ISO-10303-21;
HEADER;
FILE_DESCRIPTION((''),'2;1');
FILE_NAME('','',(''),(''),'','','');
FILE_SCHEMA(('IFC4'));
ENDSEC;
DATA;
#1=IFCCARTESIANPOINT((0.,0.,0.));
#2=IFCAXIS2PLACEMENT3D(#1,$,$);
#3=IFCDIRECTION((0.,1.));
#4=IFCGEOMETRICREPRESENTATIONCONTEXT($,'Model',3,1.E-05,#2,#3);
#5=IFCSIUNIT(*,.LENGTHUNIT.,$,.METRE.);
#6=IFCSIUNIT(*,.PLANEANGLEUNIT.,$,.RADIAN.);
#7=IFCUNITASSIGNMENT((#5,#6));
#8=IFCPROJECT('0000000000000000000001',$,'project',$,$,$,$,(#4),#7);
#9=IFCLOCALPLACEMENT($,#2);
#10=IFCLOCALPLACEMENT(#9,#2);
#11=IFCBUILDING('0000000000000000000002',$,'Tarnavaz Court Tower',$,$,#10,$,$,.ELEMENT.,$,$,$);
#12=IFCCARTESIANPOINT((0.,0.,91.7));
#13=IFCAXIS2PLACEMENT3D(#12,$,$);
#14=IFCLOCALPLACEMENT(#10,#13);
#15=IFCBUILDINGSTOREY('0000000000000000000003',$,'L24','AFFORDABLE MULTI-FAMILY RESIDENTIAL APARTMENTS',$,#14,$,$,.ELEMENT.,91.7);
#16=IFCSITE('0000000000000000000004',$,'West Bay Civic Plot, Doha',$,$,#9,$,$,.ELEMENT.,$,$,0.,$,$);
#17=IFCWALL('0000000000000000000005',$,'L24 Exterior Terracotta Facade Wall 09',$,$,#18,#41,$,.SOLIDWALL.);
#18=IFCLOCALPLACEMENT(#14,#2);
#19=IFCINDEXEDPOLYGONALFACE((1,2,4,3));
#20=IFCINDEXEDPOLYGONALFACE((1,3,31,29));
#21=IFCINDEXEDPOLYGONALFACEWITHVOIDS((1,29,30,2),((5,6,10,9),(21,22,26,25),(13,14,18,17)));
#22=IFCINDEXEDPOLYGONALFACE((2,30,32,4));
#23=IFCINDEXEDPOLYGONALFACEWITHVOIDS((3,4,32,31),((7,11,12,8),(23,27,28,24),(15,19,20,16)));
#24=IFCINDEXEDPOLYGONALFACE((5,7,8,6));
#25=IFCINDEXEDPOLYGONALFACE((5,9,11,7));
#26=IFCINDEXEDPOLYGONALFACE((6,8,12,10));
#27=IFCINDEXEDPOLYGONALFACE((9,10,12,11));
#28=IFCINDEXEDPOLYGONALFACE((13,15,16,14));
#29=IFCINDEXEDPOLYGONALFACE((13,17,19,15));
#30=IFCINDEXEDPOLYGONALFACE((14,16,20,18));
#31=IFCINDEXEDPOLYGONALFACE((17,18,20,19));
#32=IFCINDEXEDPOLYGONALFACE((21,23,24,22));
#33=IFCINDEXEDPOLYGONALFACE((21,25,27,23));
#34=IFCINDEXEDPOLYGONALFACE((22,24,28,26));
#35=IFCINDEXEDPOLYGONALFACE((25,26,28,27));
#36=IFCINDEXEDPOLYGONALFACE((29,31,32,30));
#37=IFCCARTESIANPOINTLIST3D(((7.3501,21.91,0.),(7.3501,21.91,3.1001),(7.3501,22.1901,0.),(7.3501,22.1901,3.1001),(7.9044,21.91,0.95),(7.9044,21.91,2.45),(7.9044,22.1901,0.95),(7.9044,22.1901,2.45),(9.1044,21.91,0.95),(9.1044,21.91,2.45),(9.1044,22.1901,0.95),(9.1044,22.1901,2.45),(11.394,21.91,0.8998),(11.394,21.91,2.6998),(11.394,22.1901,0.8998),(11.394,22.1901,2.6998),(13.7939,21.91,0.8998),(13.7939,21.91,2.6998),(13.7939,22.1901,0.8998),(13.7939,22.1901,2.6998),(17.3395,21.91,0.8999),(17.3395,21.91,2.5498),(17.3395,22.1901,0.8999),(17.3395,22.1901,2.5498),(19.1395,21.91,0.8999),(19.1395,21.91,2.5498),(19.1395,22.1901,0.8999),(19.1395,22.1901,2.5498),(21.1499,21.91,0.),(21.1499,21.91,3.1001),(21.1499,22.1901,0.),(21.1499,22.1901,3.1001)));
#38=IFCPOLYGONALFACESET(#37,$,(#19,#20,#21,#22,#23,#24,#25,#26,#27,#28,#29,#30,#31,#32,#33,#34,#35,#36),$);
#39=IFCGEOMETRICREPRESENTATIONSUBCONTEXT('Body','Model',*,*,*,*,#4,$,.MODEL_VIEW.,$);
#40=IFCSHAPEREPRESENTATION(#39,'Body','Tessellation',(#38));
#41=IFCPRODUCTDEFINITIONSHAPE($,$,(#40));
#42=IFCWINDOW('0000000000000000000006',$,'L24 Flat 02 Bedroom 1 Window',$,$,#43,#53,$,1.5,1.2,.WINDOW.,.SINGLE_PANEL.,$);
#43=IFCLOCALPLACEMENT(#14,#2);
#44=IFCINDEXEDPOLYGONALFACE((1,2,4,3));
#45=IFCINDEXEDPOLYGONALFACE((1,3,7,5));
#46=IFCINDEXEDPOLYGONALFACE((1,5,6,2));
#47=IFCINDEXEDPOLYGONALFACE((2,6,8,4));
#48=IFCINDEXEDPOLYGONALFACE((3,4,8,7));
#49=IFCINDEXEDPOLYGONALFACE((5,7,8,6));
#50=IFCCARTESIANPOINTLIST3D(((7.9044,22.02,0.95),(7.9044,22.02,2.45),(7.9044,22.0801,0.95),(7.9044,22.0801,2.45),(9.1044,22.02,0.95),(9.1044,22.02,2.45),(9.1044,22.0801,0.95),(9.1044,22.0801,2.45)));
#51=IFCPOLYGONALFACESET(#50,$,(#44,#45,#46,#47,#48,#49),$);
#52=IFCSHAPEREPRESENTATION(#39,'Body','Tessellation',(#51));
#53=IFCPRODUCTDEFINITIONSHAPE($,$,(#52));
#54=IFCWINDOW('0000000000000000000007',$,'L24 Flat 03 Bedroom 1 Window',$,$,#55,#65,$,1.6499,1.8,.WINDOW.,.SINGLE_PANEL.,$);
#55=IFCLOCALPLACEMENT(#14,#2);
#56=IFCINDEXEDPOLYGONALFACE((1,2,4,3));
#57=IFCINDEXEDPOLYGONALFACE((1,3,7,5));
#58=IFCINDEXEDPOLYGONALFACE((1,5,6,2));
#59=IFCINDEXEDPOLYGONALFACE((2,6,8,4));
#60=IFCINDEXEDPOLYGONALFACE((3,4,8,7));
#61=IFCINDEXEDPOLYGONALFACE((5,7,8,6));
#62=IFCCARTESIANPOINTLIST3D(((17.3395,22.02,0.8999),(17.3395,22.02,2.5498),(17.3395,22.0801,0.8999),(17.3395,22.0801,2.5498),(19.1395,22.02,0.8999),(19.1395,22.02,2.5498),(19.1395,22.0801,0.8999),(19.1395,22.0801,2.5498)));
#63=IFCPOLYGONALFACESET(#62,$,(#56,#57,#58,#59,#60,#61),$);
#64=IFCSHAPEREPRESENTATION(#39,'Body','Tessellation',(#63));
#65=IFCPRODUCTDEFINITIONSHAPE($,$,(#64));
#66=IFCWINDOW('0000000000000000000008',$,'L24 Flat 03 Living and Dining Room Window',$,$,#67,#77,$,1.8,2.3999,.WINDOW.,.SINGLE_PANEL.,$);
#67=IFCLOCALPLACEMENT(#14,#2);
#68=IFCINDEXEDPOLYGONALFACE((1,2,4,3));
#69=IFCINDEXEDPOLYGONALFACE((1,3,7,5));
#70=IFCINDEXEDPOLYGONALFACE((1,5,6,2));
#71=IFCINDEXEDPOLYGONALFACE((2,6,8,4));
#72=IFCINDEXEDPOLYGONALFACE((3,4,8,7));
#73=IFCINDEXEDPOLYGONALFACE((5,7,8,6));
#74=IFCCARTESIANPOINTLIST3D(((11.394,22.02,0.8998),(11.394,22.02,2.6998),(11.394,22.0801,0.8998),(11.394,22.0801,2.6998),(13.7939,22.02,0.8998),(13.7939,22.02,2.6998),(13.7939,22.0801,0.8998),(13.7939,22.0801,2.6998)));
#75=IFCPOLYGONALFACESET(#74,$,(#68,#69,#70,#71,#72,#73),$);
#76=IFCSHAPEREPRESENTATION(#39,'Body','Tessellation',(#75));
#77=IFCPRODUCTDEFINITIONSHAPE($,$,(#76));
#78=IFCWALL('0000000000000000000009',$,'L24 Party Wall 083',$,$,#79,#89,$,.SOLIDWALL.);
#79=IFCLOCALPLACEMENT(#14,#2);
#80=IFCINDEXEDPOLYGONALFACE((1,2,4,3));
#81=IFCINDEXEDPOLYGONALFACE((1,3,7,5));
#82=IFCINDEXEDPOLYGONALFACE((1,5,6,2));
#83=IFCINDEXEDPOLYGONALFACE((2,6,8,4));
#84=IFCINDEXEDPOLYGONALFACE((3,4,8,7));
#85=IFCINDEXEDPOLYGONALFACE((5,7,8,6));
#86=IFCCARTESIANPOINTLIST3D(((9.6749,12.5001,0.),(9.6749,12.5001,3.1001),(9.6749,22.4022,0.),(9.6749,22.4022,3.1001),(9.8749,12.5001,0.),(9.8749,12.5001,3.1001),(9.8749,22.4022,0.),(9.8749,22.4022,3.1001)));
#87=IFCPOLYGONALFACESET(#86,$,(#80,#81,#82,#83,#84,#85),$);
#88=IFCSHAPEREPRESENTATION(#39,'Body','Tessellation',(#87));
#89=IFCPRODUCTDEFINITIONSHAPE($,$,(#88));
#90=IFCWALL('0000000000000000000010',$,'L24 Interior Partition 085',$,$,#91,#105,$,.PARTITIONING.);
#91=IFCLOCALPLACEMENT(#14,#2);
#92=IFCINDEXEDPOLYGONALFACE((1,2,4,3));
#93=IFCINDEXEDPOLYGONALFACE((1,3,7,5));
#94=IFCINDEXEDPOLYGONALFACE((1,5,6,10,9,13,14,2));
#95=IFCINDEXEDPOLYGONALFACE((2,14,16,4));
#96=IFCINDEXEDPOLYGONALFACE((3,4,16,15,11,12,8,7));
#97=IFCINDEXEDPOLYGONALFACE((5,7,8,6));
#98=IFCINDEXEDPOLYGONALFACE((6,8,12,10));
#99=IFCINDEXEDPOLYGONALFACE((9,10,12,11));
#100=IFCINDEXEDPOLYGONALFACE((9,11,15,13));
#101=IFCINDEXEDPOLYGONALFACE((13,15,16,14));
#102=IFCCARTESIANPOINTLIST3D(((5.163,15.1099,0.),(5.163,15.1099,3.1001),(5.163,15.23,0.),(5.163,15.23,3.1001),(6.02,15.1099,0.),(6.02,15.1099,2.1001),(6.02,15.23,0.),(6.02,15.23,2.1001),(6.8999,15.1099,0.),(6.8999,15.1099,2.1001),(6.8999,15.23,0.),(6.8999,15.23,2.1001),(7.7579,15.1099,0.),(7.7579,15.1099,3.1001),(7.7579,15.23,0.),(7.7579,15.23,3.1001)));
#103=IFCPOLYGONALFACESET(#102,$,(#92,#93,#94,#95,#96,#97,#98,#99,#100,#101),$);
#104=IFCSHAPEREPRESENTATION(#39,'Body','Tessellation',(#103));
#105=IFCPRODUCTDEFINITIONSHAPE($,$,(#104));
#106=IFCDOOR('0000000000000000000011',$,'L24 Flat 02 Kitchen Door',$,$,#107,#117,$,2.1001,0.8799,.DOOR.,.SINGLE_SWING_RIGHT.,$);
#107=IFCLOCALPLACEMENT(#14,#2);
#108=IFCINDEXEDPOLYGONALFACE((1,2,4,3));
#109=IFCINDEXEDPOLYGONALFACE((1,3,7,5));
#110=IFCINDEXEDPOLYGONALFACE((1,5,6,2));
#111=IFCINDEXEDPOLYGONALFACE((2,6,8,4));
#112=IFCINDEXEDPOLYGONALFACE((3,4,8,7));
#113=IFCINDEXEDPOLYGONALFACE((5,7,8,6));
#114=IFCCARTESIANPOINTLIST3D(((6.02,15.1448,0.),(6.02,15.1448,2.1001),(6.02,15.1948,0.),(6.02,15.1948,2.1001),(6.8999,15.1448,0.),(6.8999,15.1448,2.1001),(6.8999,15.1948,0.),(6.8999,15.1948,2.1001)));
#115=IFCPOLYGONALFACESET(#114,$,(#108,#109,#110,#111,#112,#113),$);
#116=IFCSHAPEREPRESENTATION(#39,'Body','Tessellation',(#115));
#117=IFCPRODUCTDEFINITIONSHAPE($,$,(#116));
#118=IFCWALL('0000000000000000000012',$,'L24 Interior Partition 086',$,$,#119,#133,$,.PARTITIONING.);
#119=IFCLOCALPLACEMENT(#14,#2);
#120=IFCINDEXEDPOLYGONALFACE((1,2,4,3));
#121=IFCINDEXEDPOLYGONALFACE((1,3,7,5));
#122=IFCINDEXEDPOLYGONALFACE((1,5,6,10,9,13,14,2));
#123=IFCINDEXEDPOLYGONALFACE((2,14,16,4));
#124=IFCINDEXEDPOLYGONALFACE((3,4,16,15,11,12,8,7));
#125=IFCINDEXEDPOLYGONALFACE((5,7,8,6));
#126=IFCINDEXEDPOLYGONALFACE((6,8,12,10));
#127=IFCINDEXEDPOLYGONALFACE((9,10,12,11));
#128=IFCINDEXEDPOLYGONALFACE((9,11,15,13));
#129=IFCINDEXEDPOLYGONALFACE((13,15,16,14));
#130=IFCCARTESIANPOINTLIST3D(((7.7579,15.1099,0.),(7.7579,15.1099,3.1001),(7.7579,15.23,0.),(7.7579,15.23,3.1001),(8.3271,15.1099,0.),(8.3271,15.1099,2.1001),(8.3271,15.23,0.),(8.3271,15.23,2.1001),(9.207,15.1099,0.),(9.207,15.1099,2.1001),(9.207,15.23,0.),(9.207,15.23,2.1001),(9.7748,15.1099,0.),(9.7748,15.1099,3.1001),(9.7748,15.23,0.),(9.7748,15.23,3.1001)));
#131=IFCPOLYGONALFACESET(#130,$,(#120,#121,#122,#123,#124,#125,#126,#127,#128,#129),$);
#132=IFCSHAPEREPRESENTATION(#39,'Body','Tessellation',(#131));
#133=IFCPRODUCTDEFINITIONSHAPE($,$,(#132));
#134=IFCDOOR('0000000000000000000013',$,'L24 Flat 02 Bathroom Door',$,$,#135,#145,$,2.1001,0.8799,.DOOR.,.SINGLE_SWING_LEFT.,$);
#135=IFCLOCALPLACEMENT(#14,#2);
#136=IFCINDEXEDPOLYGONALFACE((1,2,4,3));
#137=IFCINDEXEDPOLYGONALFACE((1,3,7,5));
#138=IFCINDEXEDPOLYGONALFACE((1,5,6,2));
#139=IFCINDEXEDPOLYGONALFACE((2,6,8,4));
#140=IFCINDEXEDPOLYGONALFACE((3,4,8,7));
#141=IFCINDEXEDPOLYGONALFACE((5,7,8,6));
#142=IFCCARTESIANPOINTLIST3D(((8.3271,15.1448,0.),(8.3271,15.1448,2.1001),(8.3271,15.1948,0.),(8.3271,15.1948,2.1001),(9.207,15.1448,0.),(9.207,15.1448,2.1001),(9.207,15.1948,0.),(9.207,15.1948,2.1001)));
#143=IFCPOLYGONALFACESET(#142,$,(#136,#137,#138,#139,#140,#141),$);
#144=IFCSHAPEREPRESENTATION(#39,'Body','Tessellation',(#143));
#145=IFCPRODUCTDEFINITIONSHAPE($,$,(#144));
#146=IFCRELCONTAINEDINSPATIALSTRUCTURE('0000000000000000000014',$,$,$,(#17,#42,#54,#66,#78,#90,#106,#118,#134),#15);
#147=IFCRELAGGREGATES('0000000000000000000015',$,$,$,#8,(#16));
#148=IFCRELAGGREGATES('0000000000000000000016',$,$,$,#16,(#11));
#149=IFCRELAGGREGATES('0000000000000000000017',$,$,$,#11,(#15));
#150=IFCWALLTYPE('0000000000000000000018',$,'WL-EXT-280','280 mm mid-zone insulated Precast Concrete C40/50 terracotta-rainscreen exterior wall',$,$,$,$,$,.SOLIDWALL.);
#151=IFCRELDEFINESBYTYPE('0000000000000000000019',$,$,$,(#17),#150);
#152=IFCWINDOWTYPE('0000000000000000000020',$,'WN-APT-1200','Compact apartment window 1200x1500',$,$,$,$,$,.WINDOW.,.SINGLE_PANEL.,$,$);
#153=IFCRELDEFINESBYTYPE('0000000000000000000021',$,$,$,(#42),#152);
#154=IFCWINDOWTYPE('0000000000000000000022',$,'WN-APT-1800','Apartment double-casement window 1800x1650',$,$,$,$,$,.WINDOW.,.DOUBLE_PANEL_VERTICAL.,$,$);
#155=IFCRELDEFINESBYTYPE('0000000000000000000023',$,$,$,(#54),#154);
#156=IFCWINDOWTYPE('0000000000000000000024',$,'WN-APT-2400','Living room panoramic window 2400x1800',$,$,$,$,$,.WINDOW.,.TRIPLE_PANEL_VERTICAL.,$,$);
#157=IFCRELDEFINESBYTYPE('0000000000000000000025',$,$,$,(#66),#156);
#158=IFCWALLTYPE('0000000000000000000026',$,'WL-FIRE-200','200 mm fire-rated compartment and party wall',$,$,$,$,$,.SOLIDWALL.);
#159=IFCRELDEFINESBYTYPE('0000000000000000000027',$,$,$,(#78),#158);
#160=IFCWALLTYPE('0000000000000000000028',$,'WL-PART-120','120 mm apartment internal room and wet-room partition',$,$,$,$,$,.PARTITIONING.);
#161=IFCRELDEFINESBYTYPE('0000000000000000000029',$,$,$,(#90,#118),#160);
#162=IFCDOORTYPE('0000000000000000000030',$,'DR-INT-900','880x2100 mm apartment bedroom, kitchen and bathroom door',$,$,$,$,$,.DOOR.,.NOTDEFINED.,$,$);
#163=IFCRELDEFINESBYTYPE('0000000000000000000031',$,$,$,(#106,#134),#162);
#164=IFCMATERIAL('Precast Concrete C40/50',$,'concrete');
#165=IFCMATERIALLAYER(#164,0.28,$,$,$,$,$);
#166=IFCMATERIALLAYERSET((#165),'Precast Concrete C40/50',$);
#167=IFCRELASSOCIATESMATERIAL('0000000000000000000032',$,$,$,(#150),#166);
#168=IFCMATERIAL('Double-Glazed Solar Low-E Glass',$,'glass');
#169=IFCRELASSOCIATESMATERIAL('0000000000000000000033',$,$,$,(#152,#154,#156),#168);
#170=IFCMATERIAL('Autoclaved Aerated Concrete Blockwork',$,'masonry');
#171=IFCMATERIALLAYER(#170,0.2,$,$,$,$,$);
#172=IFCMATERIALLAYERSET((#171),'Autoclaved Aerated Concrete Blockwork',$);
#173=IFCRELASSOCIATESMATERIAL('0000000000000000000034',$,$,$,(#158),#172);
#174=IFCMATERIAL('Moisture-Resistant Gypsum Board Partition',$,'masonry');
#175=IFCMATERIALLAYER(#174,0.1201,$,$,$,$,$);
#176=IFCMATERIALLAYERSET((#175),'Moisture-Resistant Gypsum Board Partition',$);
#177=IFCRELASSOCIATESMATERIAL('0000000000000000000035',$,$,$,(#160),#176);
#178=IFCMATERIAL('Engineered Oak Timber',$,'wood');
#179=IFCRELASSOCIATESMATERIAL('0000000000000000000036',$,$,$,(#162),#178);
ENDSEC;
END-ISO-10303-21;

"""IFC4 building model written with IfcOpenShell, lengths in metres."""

from ifc_helpers import new_model, si_unit, direction, frame, frame_2d, origin, place, context, subcontext, project, spatial, rectangle, extrude, material, layer, layer_set, type_object, element, fill, save


model = new_model("IFC4")

# Units and contexts
model_context = context("Model", 3, precision=1e-05, world=origin(), true_north=direction((0.0, 1.0)))
body_context = subcontext(model_context, "Body", "Model", "MODEL_VIEW")
ifc_project = project(units=[si_unit("LENGTHUNIT", "METRE"), si_unit("PLANEANGLEUNIT", "RADIAN")], contexts=[model_context])

# Site, building, storey
site_placement = place(None, origin())
site = spatial("IfcSite", under=ifc_project, at=site_placement, Name="West Bay Civic Plot, Doha", CompositionType="ELEMENT", RefElevation=0.0)
building_placement = place(site_placement, origin())
building = spatial("IfcBuilding", under=site, at=building_placement, Name="Tarnavaz Court Tower", CompositionType="ELEMENT")
storey_placement = place(building_placement, frame((0.0, 0.0, 91.7)))
storey = spatial("IfcBuildingStorey", under=building, at=storey_placement, Name="L24", Description="AFFORDABLE MULTI-FAMILY RESIDENTIAL APARTMENTS", CompositionType="ELEMENT", Elevation=91.7)

# Shared definitions
ifc_material_1 = material(Name="Double-Glazed Solar Low-E Glass", Category="glass")

# Shared definitions
ifc_material_2 = material(Name="Precast Concrete C40/50", Category="concrete")
ifc_layer_1 = layer(ifc_material_2, 0.28)
ifc_layer_set_1 = layer_set([ifc_layer_1], Name="Precast Concrete C40/50")
wall_type_1 = type_object("IfcWallType", Name="WL-EXT-280", Description="280 mm mid-zone insulated Precast Concrete C40/50 terracotta-rainscreen exterior wall", PredefinedType="SOLIDWALL", material=ifc_layer_set_1)
window_type_1 = type_object("IfcWindowType", Name="WN-APT-1200", Description="Compact apartment window 1200x1500", PartitioningType="SINGLE_PANEL", PredefinedType="WINDOW", material=ifc_material_1)

# Wall, openings, windows
wall_1_placement = place(storey_placement, frame((7.3501, 22.05, 0.0), z_axis=(0.0, 0.0, 1.0), x_axis=(1.0, 0.0, 0.0)))
wall_1 = element("IfcWall", 1, at=wall_1_placement, inside=storey, type_object=wall_type_1, Name="L24 Exterior Terracotta Facade Wall 09", PredefinedType="SOLIDWALL", context=body_context, shape_type="SweptSolid", body=[
    extrude(rectangle(XDim=13.7998, YDim=0.28, at=frame_2d((6.8999, 0.0))), origin(), (0.0, 0.0, 1.0), 3.1001),
])
opening_1_placement = place(wall_1_placement, frame((0.5542, 0.0, 0.95)))
opening_1 = element("IfcOpeningElement", 2, at=opening_1_placement, cuts=wall_1, PredefinedType="OPENING", context=body_context, shape_type="SweptSolid", body=[
    extrude(rectangle(XDim=1.2, YDim=1.5, at=frame_2d((0.6001, 0.75))), frame((0.0, 0.1499, 0.0), z_axis=(0.0, -1.0, 0.0), x_axis=(1.0, 0.0, 0.0)), (0.0, 0.0, 1.0), 0.3),
])
opening_2_placement = place(wall_1_placement, frame((4.0439, 0.0, 0.8999)))
opening_2 = element("IfcOpeningElement", 3, at=opening_2_placement, cuts=wall_1, PredefinedType="OPENING", context=body_context, shape_type="SweptSolid", body=[
    extrude(rectangle(XDim=2.3999, YDim=1.8, at=frame_2d((1.2, 0.8999))), frame((0.0, 0.1499, 0.0), z_axis=(0.0, -1.0, 0.0), x_axis=(1.0, 0.0, 0.0)), (0.0, 0.0, 1.0), 0.3),
])
opening_3_placement = place(wall_1_placement, frame((9.9895, 0.0, 0.8999)))
opening_3 = element("IfcOpeningElement", 4, at=opening_3_placement, cuts=wall_1, PredefinedType="OPENING", context=body_context, shape_type="SweptSolid", body=[
    extrude(rectangle(XDim=1.8, YDim=1.6499, at=frame_2d((0.8999, 0.825))), frame((0.0, 0.1499, 0.0), z_axis=(0.0, -1.0, 0.0), x_axis=(1.0, 0.0, 0.0)), (0.0, 0.0, 1.0), 0.3),
])
window_1_placement = place(opening_1_placement, origin())
window_1 = element("IfcWindow", 5, at=window_1_placement, inside=storey, type_object=window_type_1, Name="L24 Flat 02 Bedroom 1 Window", OverallHeight=1.5, OverallWidth=1.2, PartitioningType="SINGLE_PANEL", PredefinedType="WINDOW", context=body_context, shape_type="SweptSolid", body=[
    extrude(rectangle(XDim=1.2, YDim=1.5, at=frame_2d((0.6001, 0.75))), frame((0.0, 0.03, 0.0), z_axis=(0.0, -1.0, 0.0), x_axis=(1.0, 0.0, 0.0)), (0.0, 0.0, 1.0), 0.0601),
])
fill(opening_1, window_1)
window_type_2 = type_object("IfcWindowType", Name="WN-APT-1800", Description="Apartment double-casement window 1800x1650", PartitioningType="DOUBLE_PANEL_VERTICAL", PredefinedType="WINDOW", material=ifc_material_1)
window_2_placement = place(opening_3_placement, origin())
window_2 = element("IfcWindow", 6, at=window_2_placement, inside=storey, type_object=window_type_2, Name="L24 Flat 03 Bedroom 1 Window", OverallHeight=1.6499, OverallWidth=1.8, PartitioningType="SINGLE_PANEL", PredefinedType="WINDOW", context=body_context, shape_type="SweptSolid", body=[
    extrude(rectangle(XDim=1.8, YDim=1.6499, at=frame_2d((0.8999, 0.825))), frame((0.0, 0.03, 0.0), z_axis=(0.0, -1.0, 0.0), x_axis=(1.0, 0.0, 0.0)), (0.0, 0.0, 1.0), 0.0601),
])
fill(opening_3, window_2)
window_type_3 = type_object("IfcWindowType", Name="WN-APT-2400", Description="Living room panoramic window 2400x1800", PartitioningType="TRIPLE_PANEL_VERTICAL", PredefinedType="WINDOW", material=ifc_material_1)
window_3_placement = place(opening_2_placement, origin())
window_3 = element("IfcWindow", 7, at=window_3_placement, inside=storey, type_object=window_type_3, Name="L24 Flat 03 Living and Dining Room Window", OverallHeight=1.8, OverallWidth=2.3999, PartitioningType="SINGLE_PANEL", PredefinedType="WINDOW", context=body_context, shape_type="SweptSolid", body=[
    extrude(rectangle(XDim=2.3999, YDim=1.8, at=frame_2d((1.2, 0.8999))), frame((0.0, 0.03, 0.0), z_axis=(0.0, -1.0, 0.0), x_axis=(1.0, 0.0, 0.0)), (0.0, 0.0, 1.0), 0.0601),
])
fill(opening_2, window_3)

# Wall
ifc_material_3 = material(Name="Autoclaved Aerated Concrete Blockwork", Category="masonry")
ifc_layer_2 = layer(ifc_material_3, 0.2)
ifc_layer_set_2 = layer_set([ifc_layer_2], Name="Autoclaved Aerated Concrete Blockwork")
wall_type_2 = type_object("IfcWallType", Name="WL-FIRE-200", Description="200 mm fire-rated compartment and party wall", PredefinedType="SOLIDWALL", material=ifc_layer_set_2)
wall_2_placement = place(storey_placement, frame((9.7749, 12.5, 0.0), z_axis=(0.0, 0.0, 1.0), x_axis=(0.0, 1.0, 0.0)))
element("IfcWall", 8, at=wall_2_placement, inside=storey, type_object=wall_type_2, Name="L24 Party Wall 083", PredefinedType="SOLIDWALL", context=body_context, shape_type="SweptSolid", body=[
    extrude(rectangle(XDim=9.9021, YDim=0.2, at=frame_2d((4.9512, 0.0))), origin(), (0.0, 0.0, 1.0), 3.1001),
])

# Walls, openings, doors
ifc_material_4 = material(Name="Moisture-Resistant Gypsum Board Partition", Category="masonry")
ifc_layer_3 = layer(ifc_material_4, 0.1201)
ifc_layer_set_3 = layer_set([ifc_layer_3], Name="Moisture-Resistant Gypsum Board Partition")
wall_type_3 = type_object("IfcWallType", Name="WL-PART-120", Description="120 mm apartment internal room and wet-room partition", PredefinedType="PARTITIONING", material=ifc_layer_set_3)
wall_3_placement = place(storey_placement, frame((5.1631, 15.1699, 0.0), z_axis=(0.0, 0.0, 1.0), x_axis=(1.0, 0.0, 0.0)))
wall_3 = element("IfcWall", 9, at=wall_3_placement, inside=storey, type_object=wall_type_3, Name="L24 Interior Partition 085", PredefinedType="PARTITIONING", context=body_context, shape_type="SweptSolid", body=[
    extrude(rectangle(XDim=2.595, YDim=0.1201, at=frame_2d((1.2974, 0.0))), origin(), (0.0, 0.0, 1.0), 3.1001),
])
opening_4_placement = place(wall_3_placement, frame((0.8569, 0.0, 0.0)))
opening_4 = element("IfcOpeningElement", 10, at=opening_4_placement, cuts=wall_3, PredefinedType="OPENING", context=body_context, shape_type="SweptSolid", body=[
    extrude(rectangle(XDim=0.8799, YDim=2.1001, at=frame_2d((0.4399, 1.05))), frame((0.0, 0.0701, 0.0), z_axis=(0.0, -1.0, 0.0), x_axis=(1.0, 0.0, 0.0)), (0.0, 0.0, 1.0), 0.1401),
])
ifc_material_5 = material(Name="Engineered Oak Timber", Category="wood")
door_type = type_object("IfcDoorType", Name="DR-INT-900", Description="880x2100 mm apartment bedroom, kitchen and bathroom door", OperationType="NOTDEFINED", PredefinedType="DOOR", material=ifc_material_5)
door_1_placement = place(opening_4_placement, origin())
door_1 = element("IfcDoor", 11, at=door_1_placement, inside=storey, type_object=door_type, Name="L24 Flat 02 Kitchen Door", OperationType="SINGLE_SWING_RIGHT", OverallHeight=2.1001, OverallWidth=0.8799, PredefinedType="DOOR", context=body_context, shape_type="SweptSolid", body=[
    extrude(rectangle(XDim=0.8799, YDim=2.1001, at=frame_2d((0.4399, 1.05))), frame((0.0, 0.0249, 0.0), z_axis=(0.0, -1.0, 0.0), x_axis=(1.0, 0.0, 0.0)), (0.0, 0.0, 1.0), 0.05),
])
fill(opening_4, door_1)
wall_4_placement = place(storey_placement, frame((7.7581, 15.1699, 0.0), z_axis=(0.0, 0.0, 1.0), x_axis=(1.0, 0.0, 0.0)))
wall_4 = element("IfcWall", 12, at=wall_4_placement, inside=storey, type_object=wall_type_3, Name="L24 Interior Partition 086", PredefinedType="PARTITIONING", context=body_context, shape_type="SweptSolid", body=[
    extrude(rectangle(XDim=2.0168, YDim=0.1201, at=frame_2d((1.0083, 0.0))), origin(), (0.0, 0.0, 1.0), 3.1001),
])
opening_5_placement = place(wall_4_placement, frame((0.5691, 0.0, 0.0)))
opening_5 = element("IfcOpeningElement", 13, at=opening_5_placement, cuts=wall_4, PredefinedType="OPENING", context=body_context, shape_type="SweptSolid", body=[
    extrude(rectangle(XDim=0.8799, YDim=2.1001, at=frame_2d((0.4399, 1.05))), frame((0.0, 0.0701, 0.0), z_axis=(0.0, -1.0, 0.0), x_axis=(1.0, 0.0, 0.0)), (0.0, 0.0, 1.0), 0.1401),
])
door_2_placement = place(opening_5_placement, origin())
door_2 = element("IfcDoor", 14, at=door_2_placement, inside=storey, type_object=door_type, Name="L24 Flat 02 Bathroom Door", OperationType="SINGLE_SWING_LEFT", OverallHeight=2.1001, OverallWidth=0.8799, PredefinedType="DOOR", context=body_context, shape_type="SweptSolid", body=[
    extrude(rectangle(XDim=0.8799, YDim=2.1001, at=frame_2d((0.4399, 1.05))), frame((0.0, 0.0249, 0.0), z_axis=(0.0, -1.0, 0.0), x_axis=(1.0, 0.0, 0.0)), (0.0, 0.0, 1.0), 0.05),
])
fill(opening_5, door_2)

save(model, "model.ifc")
